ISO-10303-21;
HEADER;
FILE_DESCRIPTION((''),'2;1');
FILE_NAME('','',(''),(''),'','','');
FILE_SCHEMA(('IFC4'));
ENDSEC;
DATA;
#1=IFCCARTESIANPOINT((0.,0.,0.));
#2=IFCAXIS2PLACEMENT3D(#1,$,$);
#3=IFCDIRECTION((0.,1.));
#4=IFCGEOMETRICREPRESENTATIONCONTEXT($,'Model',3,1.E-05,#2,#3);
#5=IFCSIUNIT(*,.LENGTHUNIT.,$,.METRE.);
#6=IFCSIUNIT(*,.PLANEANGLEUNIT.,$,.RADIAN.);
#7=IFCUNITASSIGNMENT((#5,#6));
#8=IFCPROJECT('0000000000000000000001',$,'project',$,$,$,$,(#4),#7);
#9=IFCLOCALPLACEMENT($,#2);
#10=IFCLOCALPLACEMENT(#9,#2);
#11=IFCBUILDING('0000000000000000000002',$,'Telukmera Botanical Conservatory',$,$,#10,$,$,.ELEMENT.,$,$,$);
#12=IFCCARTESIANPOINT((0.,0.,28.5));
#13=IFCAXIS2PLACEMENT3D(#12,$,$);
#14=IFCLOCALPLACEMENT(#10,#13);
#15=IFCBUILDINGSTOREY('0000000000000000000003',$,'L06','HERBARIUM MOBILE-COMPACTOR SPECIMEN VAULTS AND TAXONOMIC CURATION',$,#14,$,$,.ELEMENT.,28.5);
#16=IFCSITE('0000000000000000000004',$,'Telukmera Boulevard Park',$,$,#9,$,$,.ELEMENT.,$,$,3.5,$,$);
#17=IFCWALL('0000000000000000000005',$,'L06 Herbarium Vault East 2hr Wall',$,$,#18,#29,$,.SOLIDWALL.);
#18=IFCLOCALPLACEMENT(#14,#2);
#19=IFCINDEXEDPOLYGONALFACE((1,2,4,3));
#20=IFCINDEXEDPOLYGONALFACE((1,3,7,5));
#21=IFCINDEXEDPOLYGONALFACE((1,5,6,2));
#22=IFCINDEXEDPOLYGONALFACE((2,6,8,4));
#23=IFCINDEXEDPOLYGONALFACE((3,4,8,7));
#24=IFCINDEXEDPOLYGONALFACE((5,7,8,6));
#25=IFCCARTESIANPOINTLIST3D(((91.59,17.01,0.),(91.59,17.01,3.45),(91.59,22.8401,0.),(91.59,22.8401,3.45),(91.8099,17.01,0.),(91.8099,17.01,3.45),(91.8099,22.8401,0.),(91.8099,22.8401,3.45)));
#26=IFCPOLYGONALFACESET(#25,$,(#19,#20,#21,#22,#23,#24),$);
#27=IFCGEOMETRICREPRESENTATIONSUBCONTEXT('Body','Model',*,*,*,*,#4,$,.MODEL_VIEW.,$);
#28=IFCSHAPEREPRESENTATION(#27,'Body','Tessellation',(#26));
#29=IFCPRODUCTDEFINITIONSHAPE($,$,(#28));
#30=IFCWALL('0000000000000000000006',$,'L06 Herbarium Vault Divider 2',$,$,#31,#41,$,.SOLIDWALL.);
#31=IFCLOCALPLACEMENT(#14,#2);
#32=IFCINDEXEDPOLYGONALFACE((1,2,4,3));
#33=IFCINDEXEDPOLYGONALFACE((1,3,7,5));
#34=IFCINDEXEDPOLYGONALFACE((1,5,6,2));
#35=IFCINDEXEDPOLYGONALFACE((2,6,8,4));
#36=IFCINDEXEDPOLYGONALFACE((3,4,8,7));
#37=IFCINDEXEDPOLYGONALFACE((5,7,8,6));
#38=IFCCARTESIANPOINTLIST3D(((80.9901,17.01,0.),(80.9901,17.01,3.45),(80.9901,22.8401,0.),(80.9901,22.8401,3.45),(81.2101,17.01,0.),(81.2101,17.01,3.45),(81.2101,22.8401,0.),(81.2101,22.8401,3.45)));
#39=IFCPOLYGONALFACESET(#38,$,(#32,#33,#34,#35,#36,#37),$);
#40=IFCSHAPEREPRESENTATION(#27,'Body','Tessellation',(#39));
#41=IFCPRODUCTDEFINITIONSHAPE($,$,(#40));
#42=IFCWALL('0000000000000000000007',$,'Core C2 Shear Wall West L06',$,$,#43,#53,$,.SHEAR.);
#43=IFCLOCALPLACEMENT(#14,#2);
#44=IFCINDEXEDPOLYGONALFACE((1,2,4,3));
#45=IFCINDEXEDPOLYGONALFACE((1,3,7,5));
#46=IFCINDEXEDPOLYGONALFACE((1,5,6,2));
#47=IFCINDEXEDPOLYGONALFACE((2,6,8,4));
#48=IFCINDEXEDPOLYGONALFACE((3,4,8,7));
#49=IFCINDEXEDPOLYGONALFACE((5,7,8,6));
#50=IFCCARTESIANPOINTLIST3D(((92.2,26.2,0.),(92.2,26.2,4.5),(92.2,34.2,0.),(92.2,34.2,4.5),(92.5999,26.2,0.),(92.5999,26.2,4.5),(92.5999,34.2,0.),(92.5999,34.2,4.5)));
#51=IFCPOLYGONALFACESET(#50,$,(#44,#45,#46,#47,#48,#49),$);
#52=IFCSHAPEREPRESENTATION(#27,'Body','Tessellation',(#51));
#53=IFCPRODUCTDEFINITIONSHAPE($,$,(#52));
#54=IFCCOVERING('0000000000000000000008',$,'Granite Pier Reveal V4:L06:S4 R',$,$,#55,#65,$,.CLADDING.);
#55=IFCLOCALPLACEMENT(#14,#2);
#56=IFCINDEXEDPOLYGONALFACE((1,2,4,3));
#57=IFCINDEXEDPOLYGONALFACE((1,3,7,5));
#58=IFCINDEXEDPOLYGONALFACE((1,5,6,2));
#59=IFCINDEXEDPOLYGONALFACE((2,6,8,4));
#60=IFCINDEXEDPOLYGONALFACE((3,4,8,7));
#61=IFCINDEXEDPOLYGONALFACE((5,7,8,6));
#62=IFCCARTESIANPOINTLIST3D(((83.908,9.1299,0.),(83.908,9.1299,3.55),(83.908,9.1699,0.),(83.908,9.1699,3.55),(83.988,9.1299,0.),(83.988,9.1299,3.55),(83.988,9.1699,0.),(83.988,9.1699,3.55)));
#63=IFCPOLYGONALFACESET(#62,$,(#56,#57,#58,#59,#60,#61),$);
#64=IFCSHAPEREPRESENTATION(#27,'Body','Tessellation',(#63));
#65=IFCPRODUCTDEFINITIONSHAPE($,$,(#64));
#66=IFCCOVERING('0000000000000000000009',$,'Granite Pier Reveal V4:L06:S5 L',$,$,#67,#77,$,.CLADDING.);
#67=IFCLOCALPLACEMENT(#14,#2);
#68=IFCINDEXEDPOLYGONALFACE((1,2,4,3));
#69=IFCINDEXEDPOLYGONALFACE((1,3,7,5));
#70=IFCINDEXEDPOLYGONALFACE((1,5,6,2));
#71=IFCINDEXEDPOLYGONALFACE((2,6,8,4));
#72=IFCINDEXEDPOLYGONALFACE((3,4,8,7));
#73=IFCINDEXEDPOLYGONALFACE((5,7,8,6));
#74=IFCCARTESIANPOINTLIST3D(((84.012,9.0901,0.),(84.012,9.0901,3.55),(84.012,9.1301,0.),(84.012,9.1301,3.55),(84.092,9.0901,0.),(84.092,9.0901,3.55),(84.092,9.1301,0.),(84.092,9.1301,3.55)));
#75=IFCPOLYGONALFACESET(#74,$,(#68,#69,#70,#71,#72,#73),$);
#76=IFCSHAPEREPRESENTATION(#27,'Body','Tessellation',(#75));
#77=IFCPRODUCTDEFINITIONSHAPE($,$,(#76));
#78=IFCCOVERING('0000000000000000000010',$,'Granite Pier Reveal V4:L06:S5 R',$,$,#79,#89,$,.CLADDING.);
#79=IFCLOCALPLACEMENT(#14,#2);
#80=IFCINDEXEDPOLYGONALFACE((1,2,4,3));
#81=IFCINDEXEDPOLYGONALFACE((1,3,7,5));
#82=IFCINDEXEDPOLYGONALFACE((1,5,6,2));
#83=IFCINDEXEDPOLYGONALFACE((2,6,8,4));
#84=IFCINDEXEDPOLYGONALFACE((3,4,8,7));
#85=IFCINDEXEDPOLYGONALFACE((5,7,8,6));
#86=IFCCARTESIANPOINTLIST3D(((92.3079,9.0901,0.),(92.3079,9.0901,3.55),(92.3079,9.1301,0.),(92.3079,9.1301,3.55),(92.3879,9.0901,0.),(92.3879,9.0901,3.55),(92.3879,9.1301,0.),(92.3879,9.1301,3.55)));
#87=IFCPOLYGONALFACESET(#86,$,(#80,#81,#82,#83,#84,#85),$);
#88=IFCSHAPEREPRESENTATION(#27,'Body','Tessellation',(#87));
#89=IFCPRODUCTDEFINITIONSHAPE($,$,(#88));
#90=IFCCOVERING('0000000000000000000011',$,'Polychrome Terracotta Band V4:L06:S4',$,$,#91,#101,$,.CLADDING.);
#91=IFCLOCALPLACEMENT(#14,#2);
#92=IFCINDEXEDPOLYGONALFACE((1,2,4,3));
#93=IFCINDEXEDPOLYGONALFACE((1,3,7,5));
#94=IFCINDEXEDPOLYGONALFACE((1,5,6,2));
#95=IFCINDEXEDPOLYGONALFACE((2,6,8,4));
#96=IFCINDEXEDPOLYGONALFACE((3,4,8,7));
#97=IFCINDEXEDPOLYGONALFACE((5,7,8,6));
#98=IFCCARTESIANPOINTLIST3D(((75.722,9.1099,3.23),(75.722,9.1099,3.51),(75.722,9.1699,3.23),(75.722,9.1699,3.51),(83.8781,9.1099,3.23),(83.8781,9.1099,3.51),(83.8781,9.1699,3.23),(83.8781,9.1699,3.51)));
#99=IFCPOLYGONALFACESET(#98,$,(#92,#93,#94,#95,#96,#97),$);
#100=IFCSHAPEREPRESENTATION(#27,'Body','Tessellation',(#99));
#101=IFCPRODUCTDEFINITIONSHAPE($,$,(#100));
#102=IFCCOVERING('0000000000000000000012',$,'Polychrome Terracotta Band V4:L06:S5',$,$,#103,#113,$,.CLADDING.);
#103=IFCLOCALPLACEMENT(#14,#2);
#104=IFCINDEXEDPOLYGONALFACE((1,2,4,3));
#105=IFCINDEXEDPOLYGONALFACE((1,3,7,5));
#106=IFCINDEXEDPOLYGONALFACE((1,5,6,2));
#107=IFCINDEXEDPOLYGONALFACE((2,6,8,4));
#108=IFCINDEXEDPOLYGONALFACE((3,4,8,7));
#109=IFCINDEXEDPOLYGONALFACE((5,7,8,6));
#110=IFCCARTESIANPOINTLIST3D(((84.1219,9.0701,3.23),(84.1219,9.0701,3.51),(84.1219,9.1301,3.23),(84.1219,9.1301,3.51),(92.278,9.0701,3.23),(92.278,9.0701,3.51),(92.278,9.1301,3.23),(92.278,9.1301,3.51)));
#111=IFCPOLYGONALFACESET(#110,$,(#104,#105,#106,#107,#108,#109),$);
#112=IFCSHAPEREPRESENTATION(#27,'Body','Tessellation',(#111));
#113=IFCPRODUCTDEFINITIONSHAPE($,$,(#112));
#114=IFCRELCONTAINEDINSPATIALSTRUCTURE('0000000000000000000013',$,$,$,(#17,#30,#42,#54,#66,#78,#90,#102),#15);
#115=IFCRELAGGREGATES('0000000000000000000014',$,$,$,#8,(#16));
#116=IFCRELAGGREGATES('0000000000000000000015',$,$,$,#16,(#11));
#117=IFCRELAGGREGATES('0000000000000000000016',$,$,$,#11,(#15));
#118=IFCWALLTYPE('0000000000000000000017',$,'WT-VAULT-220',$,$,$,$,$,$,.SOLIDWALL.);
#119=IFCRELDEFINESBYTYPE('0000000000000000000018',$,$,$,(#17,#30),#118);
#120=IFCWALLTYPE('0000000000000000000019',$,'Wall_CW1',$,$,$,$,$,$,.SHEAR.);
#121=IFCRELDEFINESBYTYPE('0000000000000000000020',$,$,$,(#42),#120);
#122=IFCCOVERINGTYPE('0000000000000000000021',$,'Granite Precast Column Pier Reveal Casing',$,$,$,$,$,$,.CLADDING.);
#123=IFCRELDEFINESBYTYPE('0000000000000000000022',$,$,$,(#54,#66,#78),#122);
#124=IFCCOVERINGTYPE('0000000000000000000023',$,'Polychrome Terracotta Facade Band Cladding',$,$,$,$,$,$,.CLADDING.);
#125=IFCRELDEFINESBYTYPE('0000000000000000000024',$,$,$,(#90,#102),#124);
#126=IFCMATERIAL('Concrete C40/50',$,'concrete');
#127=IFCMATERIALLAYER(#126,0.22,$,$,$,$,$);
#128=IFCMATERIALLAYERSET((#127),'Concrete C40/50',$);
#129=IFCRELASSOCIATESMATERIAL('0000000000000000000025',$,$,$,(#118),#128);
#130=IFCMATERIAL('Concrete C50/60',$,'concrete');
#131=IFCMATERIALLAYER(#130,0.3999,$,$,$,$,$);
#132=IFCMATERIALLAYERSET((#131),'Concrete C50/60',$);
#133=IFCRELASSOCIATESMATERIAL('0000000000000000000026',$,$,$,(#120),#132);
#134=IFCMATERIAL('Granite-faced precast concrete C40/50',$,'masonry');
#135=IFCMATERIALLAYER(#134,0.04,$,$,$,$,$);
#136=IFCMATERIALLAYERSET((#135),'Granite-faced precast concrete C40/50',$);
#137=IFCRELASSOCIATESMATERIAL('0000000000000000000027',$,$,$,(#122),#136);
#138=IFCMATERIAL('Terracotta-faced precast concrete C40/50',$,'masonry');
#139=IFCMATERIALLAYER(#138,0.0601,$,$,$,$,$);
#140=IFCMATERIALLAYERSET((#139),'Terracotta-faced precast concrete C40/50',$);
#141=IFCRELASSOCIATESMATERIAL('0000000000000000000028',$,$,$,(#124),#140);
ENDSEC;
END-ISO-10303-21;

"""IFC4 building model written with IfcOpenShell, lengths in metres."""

from ifc_helpers import new_model, si_unit, direction, frame, frame_2d, origin, origin_2d, place, context, subcontext, project, spatial, rectangle, extrude, material, layer, layer_set, type_object, element, save


model = new_model("IFC4")

# Units and contexts
model_context = context("Model", 3, precision=1e-05, world=origin(), true_north=direction((0.0, 1.0)))
body_context = subcontext(model_context, "Body", "Model", "MODEL_VIEW")
ifc_project = project(units=[si_unit("LENGTHUNIT", "METRE"), si_unit("PLANEANGLEUNIT", "RADIAN")], contexts=[model_context])

# Site, building, storey
site_placement = place(None, origin())
site = spatial("IfcSite", under=ifc_project, at=site_placement, Name="Telukmera Boulevard Park", CompositionType="ELEMENT", RefElevation=3.5)
building_placement = place(site_placement, origin())
building = spatial("IfcBuilding", under=site, at=building_placement, Name="Telukmera Botanical Conservatory", CompositionType="ELEMENT")
storey_placement = place(building_placement, frame((0.0, 0.0, 28.5)))
storey = spatial("IfcBuildingStorey", under=building, at=storey_placement, Name="L06", Description="HERBARIUM MOBILE-COMPACTOR SPECIMEN VAULTS AND TAXONOMIC CURATION", CompositionType="ELEMENT", Elevation=28.5)

# Shared definitions
ifc_material_1 = material(Name="Concrete C50/60", Category="concrete")

# Shared definitions
ifc_material_2 = material(Name="Concrete C40/50", Category="concrete")

# Shared definitions
ifc_material_3 = material(Name="Terracotta-faced precast concrete C40/50", Category="masonry")

# Walls
ifc_layer_1 = layer(ifc_material_2, 0.22)
ifc_layer_set_1 = layer_set([ifc_layer_1], Name="Concrete C40/50")
wall_type_1 = type_object("IfcWallType", Name="WT-VAULT-220", PredefinedType="SOLIDWALL", material=ifc_layer_set_1)
for number, where, z_axis, x_axis, name in (
    (1, (91.7, 17.01, 0.0), (0.0, 0.0, 1.0), (0.0, 1.0, 0.0), "L06 Herbarium Vault East 2hr Wall"),
    (2, (81.1001, 17.01, 0.0), (0.0, 0.0, 1.0), (0.0, 1.0, 0.0), "L06 Herbarium Vault Divider 2"),
):
    element("IfcWall", number, at=place(storey_placement, frame(where, z_axis=z_axis, x_axis=x_axis)), inside=storey, type_object=wall_type_1, Name=name, PredefinedType="SOLIDWALL", context=body_context, shape_type="SweptSolid", body=[
        extrude(rectangle(XDim=5.8301, YDim=0.22, at=frame_2d((2.915, 0.0))), origin(), (0.0, 0.0, 1.0), 3.45),
    ])
ifc_layer_2 = layer(ifc_material_1, 0.3999)
ifc_layer_set_2 = layer_set([ifc_layer_2], Name="Concrete C50/60")
wall_type_2 = type_object("IfcWallType", Name="Wall_CW1", PredefinedType="SHEAR", material=ifc_layer_set_2)
wall_1_placement = place(storey_placement, frame((92.3999, 26.2, 0.0), z_axis=(0.0, 0.0, 1.0), x_axis=(0.0, 1.0, 0.0)))
element("IfcWall", 3, at=wall_1_placement, inside=storey, type_object=wall_type_2, Name="Core C2 Shear Wall West L06", PredefinedType="SHEAR", context=body_context, shape_type="SweptSolid", body=[
    extrude(rectangle(XDim=8.0, YDim=0.3999, at=frame_2d((4.0, 0.0))), origin(), (0.0, 0.0, 1.0), 4.5),
])

# Coverings
ifc_material_4 = material(Name="Granite-faced precast concrete C40/50", Category="masonry")
ifc_layer_3 = layer(ifc_material_4, 0.04)
ifc_layer_set_3 = layer_set([ifc_layer_3], Name="Granite-faced precast concrete C40/50")
covering_type_1 = type_object("IfcCoveringType", Name="Granite Precast Column Pier Reveal Casing", PredefinedType="CLADDING", material=ifc_layer_set_3)
for number, where, z_axis, x_axis, name in (
    (4, (83.948, 9.1499, 0.0), (0.0, 0.0, 1.0), (1.0, 0.0, 0.0), "Granite Pier Reveal V4:L06:S4 R"),
    (5, (84.052, 9.1101, 0.0), (0.0, 0.0, 1.0), (1.0, 0.0, 0.0), "Granite Pier Reveal V4:L06:S5 L"),
    (6, (92.3479, 9.1101, 0.0), (0.0, 0.0, 1.0), (1.0, 0.0, 0.0), "Granite Pier Reveal V4:L06:S5 R"),
):
    element("IfcCovering", number, at=place(storey_placement, frame(where, z_axis=z_axis, x_axis=x_axis)), inside=storey, type_object=covering_type_1, Name=name, PredefinedType="CLADDING", context=body_context, shape_type="SweptSolid", body=[
        extrude(rectangle(XDim=0.0801, YDim=0.04, at=origin_2d()), origin(), (0.0, 0.0, 1.0), 3.55),
    ])
ifc_layer_4 = layer(ifc_material_3, 0.0601)
ifc_layer_set_4 = layer_set([ifc_layer_4], Name="Terracotta-faced precast concrete C40/50")
covering_type_2 = type_object("IfcCoveringType", Name="Polychrome Terracotta Facade Band Cladding", PredefinedType="CLADDING", material=ifc_layer_set_4)
for number, where, z_axis, x_axis, name in (
    (7, (79.8, 9.1399, 3.23), (0.0, 0.0, 1.0), (1.0, 0.0, 0.0), "Polychrome Terracotta Band V4:L06:S4"),
    (8, (88.2, 9.1001, 3.23), (0.0, 0.0, 1.0), (1.0, 0.0, 0.0), "Polychrome Terracotta Band V4:L06:S5"),
):
    element("IfcCovering", number, at=place(storey_placement, frame(where, z_axis=z_axis, x_axis=x_axis)), inside=storey, type_object=covering_type_2, Name=name, PredefinedType="CLADDING", context=body_context, shape_type="SweptSolid", body=[
        extrude(rectangle(XDim=8.156, YDim=0.0601, at=origin_2d()), origin(), (0.0, 0.0, 1.0), 0.28),
    ])

save(model, "model.ifc")
